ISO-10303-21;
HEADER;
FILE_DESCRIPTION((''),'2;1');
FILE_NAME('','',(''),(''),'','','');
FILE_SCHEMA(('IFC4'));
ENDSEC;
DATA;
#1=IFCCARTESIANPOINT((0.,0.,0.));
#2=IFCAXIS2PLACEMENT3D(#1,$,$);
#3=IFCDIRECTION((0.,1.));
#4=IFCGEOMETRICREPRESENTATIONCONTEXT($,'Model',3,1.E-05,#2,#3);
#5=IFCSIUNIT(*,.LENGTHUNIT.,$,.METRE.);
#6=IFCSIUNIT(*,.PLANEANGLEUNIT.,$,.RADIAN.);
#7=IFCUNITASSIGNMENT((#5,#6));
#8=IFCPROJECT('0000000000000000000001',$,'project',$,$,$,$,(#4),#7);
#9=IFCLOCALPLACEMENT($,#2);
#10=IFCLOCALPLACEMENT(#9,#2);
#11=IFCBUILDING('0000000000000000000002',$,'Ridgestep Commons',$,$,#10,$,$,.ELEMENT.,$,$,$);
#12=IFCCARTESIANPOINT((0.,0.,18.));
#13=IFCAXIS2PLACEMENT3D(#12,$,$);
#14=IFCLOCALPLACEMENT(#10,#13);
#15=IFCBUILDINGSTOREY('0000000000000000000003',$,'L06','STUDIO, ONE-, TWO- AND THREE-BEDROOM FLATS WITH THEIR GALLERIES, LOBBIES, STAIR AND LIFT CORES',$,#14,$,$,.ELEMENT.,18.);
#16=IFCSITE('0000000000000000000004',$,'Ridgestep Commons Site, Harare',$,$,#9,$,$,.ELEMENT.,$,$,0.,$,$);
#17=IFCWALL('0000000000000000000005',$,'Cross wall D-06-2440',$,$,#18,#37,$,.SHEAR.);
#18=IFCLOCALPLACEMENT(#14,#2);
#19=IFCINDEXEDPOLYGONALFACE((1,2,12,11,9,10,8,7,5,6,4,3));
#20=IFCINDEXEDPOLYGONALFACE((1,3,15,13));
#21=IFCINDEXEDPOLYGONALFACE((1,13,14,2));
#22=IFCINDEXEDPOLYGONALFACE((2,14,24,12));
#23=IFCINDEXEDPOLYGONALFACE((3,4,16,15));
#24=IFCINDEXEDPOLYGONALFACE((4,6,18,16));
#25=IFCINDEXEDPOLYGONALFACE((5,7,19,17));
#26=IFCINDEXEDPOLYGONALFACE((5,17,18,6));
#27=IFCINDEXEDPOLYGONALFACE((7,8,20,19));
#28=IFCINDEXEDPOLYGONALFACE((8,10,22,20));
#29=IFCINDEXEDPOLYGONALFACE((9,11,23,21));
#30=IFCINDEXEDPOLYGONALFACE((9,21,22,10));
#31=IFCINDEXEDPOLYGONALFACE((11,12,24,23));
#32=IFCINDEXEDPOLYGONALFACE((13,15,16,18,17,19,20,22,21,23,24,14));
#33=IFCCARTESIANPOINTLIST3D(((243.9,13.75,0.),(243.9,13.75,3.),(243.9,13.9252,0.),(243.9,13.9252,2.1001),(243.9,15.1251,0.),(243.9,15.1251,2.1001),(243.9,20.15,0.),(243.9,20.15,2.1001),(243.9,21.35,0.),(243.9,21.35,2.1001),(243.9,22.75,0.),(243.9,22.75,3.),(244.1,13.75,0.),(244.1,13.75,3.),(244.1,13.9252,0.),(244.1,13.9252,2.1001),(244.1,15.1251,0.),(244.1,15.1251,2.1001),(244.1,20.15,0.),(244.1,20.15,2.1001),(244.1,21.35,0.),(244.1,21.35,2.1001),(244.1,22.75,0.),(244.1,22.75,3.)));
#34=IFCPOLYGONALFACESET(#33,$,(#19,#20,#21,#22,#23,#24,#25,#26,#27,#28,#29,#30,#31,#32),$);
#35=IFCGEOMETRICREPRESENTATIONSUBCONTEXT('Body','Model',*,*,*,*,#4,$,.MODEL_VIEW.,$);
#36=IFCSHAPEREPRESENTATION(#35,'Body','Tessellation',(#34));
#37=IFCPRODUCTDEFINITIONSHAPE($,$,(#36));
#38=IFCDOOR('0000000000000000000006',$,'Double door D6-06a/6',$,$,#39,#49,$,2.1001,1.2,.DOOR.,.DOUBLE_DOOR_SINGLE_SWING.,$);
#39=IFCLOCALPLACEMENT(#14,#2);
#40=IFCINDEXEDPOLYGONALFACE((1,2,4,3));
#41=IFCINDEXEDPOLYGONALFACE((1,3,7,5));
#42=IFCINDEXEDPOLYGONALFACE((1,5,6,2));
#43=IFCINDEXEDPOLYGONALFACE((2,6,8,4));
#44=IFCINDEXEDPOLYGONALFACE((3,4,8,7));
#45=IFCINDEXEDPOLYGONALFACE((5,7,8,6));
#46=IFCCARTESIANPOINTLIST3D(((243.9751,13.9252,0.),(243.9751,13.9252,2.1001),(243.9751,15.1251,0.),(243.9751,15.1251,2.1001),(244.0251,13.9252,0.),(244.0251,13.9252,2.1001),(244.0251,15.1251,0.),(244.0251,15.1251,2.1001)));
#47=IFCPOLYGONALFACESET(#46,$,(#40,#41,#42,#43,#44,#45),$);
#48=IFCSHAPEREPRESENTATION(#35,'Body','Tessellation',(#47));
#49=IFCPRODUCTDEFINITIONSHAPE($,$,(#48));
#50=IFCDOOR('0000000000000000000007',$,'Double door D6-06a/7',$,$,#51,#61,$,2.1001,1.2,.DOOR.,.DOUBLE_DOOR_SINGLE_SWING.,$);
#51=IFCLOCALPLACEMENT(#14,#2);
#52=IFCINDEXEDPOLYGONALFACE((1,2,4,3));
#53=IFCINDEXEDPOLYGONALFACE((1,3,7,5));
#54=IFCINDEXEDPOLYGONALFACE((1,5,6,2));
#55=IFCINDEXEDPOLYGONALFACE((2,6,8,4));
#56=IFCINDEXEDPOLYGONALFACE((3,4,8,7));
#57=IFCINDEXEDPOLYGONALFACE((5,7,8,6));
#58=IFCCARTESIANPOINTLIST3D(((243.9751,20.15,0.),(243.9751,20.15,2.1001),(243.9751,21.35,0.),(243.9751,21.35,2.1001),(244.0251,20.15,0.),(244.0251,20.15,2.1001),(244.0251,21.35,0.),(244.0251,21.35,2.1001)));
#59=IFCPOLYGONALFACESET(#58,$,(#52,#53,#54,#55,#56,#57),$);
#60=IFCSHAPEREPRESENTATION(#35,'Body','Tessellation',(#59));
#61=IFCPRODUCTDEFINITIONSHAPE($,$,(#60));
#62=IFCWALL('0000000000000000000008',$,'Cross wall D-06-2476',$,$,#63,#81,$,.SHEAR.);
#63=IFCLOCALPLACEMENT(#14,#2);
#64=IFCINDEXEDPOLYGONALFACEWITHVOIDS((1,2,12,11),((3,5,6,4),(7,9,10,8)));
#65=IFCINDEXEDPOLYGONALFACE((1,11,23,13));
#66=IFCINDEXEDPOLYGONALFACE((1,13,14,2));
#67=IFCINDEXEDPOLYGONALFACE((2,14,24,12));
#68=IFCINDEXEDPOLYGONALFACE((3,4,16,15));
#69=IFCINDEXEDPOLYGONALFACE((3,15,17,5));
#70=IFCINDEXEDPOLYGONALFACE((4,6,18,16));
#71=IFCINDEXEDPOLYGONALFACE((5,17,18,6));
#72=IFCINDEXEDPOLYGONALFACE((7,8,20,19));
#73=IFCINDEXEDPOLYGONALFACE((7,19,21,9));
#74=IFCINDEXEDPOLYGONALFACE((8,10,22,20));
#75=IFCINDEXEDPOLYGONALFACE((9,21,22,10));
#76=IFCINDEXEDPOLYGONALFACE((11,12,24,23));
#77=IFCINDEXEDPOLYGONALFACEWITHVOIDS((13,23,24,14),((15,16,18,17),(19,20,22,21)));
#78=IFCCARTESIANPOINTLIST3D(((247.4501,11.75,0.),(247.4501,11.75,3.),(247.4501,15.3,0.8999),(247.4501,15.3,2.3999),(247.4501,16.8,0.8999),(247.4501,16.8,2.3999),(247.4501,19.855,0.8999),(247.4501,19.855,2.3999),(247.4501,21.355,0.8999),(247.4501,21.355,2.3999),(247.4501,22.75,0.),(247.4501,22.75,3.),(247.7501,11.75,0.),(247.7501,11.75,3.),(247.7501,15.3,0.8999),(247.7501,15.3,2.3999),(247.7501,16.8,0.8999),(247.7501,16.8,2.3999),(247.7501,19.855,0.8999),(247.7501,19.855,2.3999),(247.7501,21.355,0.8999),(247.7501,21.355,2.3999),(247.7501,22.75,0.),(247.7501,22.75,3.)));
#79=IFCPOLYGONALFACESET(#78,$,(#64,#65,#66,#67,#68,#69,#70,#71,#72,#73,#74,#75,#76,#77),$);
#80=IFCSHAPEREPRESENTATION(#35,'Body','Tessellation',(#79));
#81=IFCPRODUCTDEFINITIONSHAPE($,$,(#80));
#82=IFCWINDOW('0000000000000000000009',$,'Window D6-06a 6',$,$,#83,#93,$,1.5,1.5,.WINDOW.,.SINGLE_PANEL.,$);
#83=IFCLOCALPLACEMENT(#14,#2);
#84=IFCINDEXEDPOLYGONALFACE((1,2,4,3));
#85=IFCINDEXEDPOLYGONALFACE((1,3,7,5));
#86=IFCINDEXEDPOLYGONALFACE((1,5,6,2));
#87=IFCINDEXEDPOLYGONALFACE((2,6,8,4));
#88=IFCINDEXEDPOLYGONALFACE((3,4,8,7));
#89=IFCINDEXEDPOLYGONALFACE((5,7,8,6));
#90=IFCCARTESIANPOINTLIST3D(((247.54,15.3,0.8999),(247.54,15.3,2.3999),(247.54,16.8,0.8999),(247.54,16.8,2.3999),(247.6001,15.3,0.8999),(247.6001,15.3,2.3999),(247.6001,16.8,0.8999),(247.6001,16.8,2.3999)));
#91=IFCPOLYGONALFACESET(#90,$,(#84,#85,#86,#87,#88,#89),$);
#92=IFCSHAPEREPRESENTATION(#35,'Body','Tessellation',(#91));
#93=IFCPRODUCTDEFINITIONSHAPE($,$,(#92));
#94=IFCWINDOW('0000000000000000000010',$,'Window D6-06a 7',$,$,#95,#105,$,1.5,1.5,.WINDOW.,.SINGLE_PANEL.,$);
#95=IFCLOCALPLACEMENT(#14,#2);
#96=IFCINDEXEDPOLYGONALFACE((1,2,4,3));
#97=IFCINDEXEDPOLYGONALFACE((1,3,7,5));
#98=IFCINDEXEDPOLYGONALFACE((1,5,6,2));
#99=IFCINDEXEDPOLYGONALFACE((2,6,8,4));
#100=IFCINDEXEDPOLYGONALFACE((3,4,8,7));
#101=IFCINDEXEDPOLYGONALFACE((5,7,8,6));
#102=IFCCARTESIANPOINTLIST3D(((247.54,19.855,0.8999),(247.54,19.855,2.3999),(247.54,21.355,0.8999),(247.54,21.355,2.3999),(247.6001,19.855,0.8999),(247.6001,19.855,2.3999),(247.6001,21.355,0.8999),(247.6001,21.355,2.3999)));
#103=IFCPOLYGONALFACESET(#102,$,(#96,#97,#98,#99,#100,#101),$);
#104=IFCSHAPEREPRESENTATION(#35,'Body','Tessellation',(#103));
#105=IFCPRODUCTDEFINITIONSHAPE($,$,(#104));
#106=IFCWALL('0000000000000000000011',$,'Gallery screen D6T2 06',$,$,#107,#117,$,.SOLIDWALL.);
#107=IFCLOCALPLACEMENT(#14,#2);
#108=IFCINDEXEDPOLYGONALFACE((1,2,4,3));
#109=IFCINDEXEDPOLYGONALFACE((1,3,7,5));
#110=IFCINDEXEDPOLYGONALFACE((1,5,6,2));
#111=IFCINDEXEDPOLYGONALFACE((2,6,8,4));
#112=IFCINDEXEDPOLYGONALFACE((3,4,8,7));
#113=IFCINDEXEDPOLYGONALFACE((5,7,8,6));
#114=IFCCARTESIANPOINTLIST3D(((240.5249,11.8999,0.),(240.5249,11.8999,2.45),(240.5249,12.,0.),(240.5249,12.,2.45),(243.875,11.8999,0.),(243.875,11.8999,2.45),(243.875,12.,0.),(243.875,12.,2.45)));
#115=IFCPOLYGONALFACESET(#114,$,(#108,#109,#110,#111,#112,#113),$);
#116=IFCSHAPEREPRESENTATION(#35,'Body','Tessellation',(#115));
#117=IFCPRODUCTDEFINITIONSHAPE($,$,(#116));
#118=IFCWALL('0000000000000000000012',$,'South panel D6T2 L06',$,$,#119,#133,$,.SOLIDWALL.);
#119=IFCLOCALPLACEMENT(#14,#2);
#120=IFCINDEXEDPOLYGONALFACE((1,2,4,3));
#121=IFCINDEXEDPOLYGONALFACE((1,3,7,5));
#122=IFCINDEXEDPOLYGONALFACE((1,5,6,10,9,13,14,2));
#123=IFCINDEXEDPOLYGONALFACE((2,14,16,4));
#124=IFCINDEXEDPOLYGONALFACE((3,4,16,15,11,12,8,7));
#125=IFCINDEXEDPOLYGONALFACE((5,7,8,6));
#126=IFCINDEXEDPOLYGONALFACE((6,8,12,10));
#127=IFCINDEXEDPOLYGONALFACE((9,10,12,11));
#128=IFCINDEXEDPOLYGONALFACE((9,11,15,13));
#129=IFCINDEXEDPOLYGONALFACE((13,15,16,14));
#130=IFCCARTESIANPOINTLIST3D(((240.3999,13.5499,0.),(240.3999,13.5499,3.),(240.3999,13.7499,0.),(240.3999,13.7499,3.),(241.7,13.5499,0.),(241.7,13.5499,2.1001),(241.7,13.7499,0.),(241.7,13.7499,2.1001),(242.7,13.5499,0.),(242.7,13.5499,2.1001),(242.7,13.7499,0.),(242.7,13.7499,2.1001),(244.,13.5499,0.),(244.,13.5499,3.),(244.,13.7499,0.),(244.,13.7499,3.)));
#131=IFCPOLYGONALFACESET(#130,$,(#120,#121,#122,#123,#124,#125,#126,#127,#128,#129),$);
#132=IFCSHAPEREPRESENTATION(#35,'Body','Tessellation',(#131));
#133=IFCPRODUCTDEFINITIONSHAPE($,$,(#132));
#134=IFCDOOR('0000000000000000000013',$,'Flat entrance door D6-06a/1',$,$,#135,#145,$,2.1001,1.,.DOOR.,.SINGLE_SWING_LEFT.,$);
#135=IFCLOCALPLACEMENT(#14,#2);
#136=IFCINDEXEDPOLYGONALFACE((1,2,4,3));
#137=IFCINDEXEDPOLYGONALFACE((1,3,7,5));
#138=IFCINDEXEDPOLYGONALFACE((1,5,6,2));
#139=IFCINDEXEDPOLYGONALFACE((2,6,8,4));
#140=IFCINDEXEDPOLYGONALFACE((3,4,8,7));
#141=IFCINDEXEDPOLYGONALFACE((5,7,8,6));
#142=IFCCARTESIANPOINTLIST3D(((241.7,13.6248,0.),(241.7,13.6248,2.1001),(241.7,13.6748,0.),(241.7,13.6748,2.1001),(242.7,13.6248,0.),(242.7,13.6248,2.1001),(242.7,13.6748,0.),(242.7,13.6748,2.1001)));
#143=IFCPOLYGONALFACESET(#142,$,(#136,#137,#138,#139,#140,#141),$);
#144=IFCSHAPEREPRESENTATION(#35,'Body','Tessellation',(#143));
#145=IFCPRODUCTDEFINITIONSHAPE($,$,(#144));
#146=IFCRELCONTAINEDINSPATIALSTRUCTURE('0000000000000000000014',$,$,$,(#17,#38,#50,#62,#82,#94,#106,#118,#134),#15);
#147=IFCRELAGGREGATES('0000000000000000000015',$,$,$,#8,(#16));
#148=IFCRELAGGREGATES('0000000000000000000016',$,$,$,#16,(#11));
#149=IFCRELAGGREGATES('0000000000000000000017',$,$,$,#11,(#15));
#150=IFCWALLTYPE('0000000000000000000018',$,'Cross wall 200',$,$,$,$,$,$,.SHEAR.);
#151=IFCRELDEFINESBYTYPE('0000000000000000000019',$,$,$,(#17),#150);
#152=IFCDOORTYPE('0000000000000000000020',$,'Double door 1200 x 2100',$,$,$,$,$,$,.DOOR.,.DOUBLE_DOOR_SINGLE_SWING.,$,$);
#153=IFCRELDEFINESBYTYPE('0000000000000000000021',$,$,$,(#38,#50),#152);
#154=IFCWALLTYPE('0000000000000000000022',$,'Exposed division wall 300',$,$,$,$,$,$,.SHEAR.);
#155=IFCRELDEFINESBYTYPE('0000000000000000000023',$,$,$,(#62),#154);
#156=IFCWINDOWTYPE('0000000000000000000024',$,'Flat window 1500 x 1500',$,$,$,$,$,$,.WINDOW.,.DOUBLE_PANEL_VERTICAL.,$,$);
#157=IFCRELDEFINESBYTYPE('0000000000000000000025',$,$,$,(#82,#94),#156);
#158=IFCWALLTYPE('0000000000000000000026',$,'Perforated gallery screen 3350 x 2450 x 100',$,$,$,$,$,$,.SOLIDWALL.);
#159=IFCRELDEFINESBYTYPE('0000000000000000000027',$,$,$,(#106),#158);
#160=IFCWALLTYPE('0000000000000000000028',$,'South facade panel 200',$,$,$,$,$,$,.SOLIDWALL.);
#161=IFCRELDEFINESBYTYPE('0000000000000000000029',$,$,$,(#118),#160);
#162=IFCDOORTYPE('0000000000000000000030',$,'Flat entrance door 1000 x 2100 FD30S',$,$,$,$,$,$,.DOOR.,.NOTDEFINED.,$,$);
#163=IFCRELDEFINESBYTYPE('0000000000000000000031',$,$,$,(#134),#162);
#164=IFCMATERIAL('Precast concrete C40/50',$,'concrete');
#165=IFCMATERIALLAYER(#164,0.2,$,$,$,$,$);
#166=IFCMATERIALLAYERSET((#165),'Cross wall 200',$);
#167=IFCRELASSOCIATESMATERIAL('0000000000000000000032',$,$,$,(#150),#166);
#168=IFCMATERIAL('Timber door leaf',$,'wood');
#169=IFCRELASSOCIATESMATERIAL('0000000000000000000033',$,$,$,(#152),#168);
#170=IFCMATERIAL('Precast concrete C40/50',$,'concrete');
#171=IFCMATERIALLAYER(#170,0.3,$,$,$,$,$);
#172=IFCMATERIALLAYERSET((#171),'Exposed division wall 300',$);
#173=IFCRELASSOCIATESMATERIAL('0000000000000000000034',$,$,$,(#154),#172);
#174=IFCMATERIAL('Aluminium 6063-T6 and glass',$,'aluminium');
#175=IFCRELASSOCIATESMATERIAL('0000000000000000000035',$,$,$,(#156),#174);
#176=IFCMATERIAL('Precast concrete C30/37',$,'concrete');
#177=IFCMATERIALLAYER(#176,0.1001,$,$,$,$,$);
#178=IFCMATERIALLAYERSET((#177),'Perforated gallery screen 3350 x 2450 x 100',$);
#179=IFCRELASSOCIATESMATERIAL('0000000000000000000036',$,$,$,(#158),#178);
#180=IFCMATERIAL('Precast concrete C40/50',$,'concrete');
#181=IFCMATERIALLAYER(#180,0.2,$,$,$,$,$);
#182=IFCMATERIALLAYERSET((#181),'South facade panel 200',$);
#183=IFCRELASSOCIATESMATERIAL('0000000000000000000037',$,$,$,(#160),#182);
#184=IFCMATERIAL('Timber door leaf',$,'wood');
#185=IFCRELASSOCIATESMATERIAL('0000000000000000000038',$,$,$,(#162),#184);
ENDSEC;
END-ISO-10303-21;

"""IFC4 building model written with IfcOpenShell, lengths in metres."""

from ifc_helpers import new_model, si_unit, direction, frame, frame_2d, origin, place, context, subcontext, project, spatial, rectangle, extrude, material, layer, layer_set, type_object, element, fill, save


model = new_model("IFC4")

# Units and contexts
model_context = context("Model", 3, precision=1e-05, world=origin(), true_north=direction((0.0, 1.0)))
body_context = subcontext(model_context, "Body", "Model", "MODEL_VIEW")
ifc_project = project(units=[si_unit("LENGTHUNIT", "METRE"), si_unit("PLANEANGLEUNIT", "RADIAN")], contexts=[model_context])

# Site, building, storey
site_placement = place(None, origin())
site = spatial("IfcSite", under=ifc_project, at=site_placement, Name="Ridgestep Commons Site, Harare", CompositionType="ELEMENT", RefElevation=0.0)
building_placement = place(site_placement, origin())
building = spatial("IfcBuilding", under=site, at=building_placement, Name="Ridgestep Commons", CompositionType="ELEMENT")
storey_placement = place(building_placement, frame((0.0, 0.0, 18.0)))
storey = spatial("IfcBuildingStorey", under=building, at=storey_placement, Name="L06", Description="STUDIO, ONE-, TWO- AND THREE-BEDROOM FLATS WITH THEIR GALLERIES, LOBBIES, STAIR AND LIFT CORES", CompositionType="ELEMENT", Elevation=18.0)

# Wall, openings, doors
ifc_material_1 = material(Name="Precast concrete C40/50", Category="concrete")
ifc_layer_1 = layer(ifc_material_1, 0.2)
ifc_layer_set_1 = layer_set([ifc_layer_1], Name="Cross wall 200")
wall_type_1 = type_object("IfcWallType", Name="Cross wall 200", PredefinedType="SHEAR", material=ifc_layer_set_1)
ifc_material_2 = material(Name="Timber door leaf", Category="wood")
door_type_1 = type_object("IfcDoorType", Name="Double door 1200 x 2100", OperationType="DOUBLE_DOOR_SINGLE_SWING", PredefinedType="DOOR", material=ifc_material_2)
wall_1_placement = place(storey_placement, frame((244.0, 13.75, 0.0), z_axis=(0.0, 0.0, 1.0), x_axis=(0.0, 1.0, 0.0)))
wall_1 = element("IfcWall", 1, at=wall_1_placement, inside=storey, type_object=wall_type_1, Name="Cross wall D-06-2440", PredefinedType="SHEAR", context=body_context, shape_type="SweptSolid", body=[
    extrude(rectangle(XDim=9.0, YDim=0.2, at=frame_2d((4.5, 0.0))), origin(), (0.0, 0.0, 1.0), 3.0),
])
opening_1_placement = place(wall_1_placement, frame((0.175, 0.0, 0.0)))
opening_1 = element("IfcOpeningElement", 2, at=opening_1_placement, cuts=wall_1, PredefinedType="OPENING", context=body_context, shape_type="SweptSolid", body=[
    extrude(rectangle(XDim=1.2, YDim=2.1001, at=frame_2d((0.6001, 1.05))), frame((0.0, 0.1099, 0.0), z_axis=(0.0, -1.0, 0.0), x_axis=(1.0, 0.0, 0.0)), (0.0, 0.0, 1.0), 0.22),
])
opening_2_placement = place(wall_1_placement, frame((6.3999, 0.0, 0.0)))
opening_2 = element("IfcOpeningElement", 3, at=opening_2_placement, cuts=wall_1, PredefinedType="OPENING", context=body_context, shape_type="SweptSolid", body=[
    extrude(rectangle(XDim=1.2, YDim=2.1001, at=frame_2d((0.6001, 1.05))), frame((0.0, 0.1099, 0.0), z_axis=(0.0, -1.0, 0.0), x_axis=(1.0, 0.0, 0.0)), (0.0, 0.0, 1.0), 0.22),
])
door_1_placement = place(opening_1_placement, origin())
door_1 = element("IfcDoor", 4, at=door_1_placement, inside=storey, type_object=door_type_1, Name="Double door D6-06a/6", OperationType="DOUBLE_DOOR_SINGLE_SWING", OverallHeight=2.1001, OverallWidth=1.2, PredefinedType="DOOR", context=body_context, shape_type="SweptSolid", body=[
    extrude(rectangle(XDim=1.2, YDim=2.1001, at=frame_2d((0.6001, 1.05))), frame((0.0, 0.0249, 0.0), z_axis=(0.0, -1.0, 0.0), x_axis=(1.0, 0.0, 0.0)), (0.0, 0.0, 1.0), 0.05),
])
fill(opening_1, door_1)
door_2_placement = place(opening_2_placement, origin())
door_2 = element("IfcDoor", 5, at=door_2_placement, inside=storey, type_object=door_type_1, Name="Double door D6-06a/7", OperationType="DOUBLE_DOOR_SINGLE_SWING", OverallHeight=2.1001, OverallWidth=1.2, PredefinedType="DOOR", context=body_context, shape_type="SweptSolid", body=[
    extrude(rectangle(XDim=1.2, YDim=2.1001, at=frame_2d((0.6001, 1.05))), frame((0.0, 0.0249, 0.0), z_axis=(0.0, -1.0, 0.0), x_axis=(1.0, 0.0, 0.0)), (0.0, 0.0, 1.0), 0.05),
])
fill(opening_2, door_2)

# Wall, openings, windows
ifc_material_3 = material(Name="Precast concrete C40/50", Category="concrete")
ifc_layer_2 = layer(ifc_material_3, 0.3)
ifc_layer_set_2 = layer_set([ifc_layer_2], Name="Exposed division wall 300")
wall_type_2 = type_object("IfcWallType", Name="Exposed division wall 300", PredefinedType="SHEAR", material=ifc_layer_set_2)
wall_2_placement = place(storey_placement, frame((247.6001, 11.75, 0.0), z_axis=(0.0, 0.0, 1.0), x_axis=(0.0, 1.0, 0.0)))
wall_2 = element("IfcWall", 6, at=wall_2_placement, inside=storey, type_object=wall_type_2, Name="Cross wall D-06-2476", PredefinedType="SHEAR", context=body_context, shape_type="SweptSolid", body=[
    extrude(rectangle(XDim=11.0, YDim=0.3, at=frame_2d((5.5, 0.0))), origin(), (0.0, 0.0, 1.0), 3.0),
])
opening_3_placement = place(wall_2_placement, frame((3.55, 0.0, 0.8999)))
opening_3 = element("IfcOpeningElement", 7, at=opening_3_placement, cuts=wall_2, PredefinedType="OPENING", context=body_context, shape_type="SweptSolid", body=[
    extrude(rectangle(XDim=1.5, YDim=1.5, at=frame_2d((0.75, 0.75))), frame((0.0, 0.1599, 0.0), z_axis=(0.0, -1.0, 0.0), x_axis=(1.0, 0.0, 0.0)), (0.0, 0.0, 1.0), 0.3201),
])
opening_4_placement = place(wall_2_placement, frame((8.105, 0.0, 0.8999)))
opening_4 = element("IfcOpeningElement", 8, at=opening_4_placement, cuts=wall_2, PredefinedType="OPENING", context=body_context, shape_type="SweptSolid", body=[
    extrude(rectangle(XDim=1.5, YDim=1.5, at=frame_2d((0.75, 0.75))), frame((0.0, 0.1599, 0.0), z_axis=(0.0, -1.0, 0.0), x_axis=(1.0, 0.0, 0.0)), (0.0, 0.0, 1.0), 0.3201),
])
ifc_material_4 = material(Name="Aluminium 6063-T6 and glass", Category="aluminium")
window_type_1 = type_object("IfcWindowType", Name="Flat window 1500 x 1500", PartitioningType="DOUBLE_PANEL_VERTICAL", PredefinedType="WINDOW", material=ifc_material_4)
window_1_placement = place(opening_3_placement, origin())
window_1 = element("IfcWindow", 9, at=window_1_placement, inside=storey, type_object=window_type_1, Name="Window D6-06a 6", OverallHeight=1.5, OverallWidth=1.5, PartitioningType="SINGLE_PANEL", PredefinedType="WINDOW", context=body_context, shape_type="SweptSolid", body=[
    extrude(rectangle(XDim=1.5, YDim=1.5, at=frame_2d((0.75, 0.75))), frame((0.0, 0.0601, 0.0), z_axis=(0.0, -1.0, 0.0), x_axis=(1.0, 0.0, 0.0)), (0.0, 0.0, 1.0), 0.0601),
])
fill(opening_3, window_1)
window_2_placement = place(opening_4_placement, origin())
window_2 = element("IfcWindow", 10, at=window_2_placement, inside=storey, type_object=window_type_1, Name="Window D6-06a 7", OverallHeight=1.5, OverallWidth=1.5, PartitioningType="SINGLE_PANEL", PredefinedType="WINDOW", context=body_context, shape_type="SweptSolid", body=[
    extrude(rectangle(XDim=1.5, YDim=1.5, at=frame_2d((0.75, 0.75))), frame((0.0, 0.0601, 0.0), z_axis=(0.0, -1.0, 0.0), x_axis=(1.0, 0.0, 0.0)), (0.0, 0.0, 1.0), 0.0601),
])
fill(opening_4, window_2)

# Wall
ifc_material_5 = material(Name="Precast concrete C30/37", Category="concrete")
ifc_layer_3 = layer(ifc_material_5, 0.1001)
ifc_layer_set_3 = layer_set([ifc_layer_3], Name="Perforated gallery screen 3350 x 2450 x 100")
wall_type_3 = type_object("IfcWallType", Name="Perforated gallery screen 3350 x 2450 x 100", PredefinedType="SOLIDWALL", material=ifc_layer_set_3)
wall_3_placement = place(storey_placement, frame((240.5249, 11.95, 0.0), z_axis=(0.0, 0.0, 1.0), x_axis=(1.0, 0.0, 0.0)))
element("IfcWall", 11, at=wall_3_placement, inside=storey, type_object=wall_type_3, Name="Gallery screen D6T2 06", PredefinedType="SOLIDWALL", context=body_context, shape_type="SweptSolid", body=[
    extrude(rectangle(XDim=3.3501, YDim=0.1001, at=frame_2d((1.675, 0.0))), origin(), (0.0, 0.0, 1.0), 2.45),
])

# Wall, opening, door
ifc_material_6 = material(Name="Precast concrete C40/50", Category="concrete")
ifc_layer_4 = layer(ifc_material_6, 0.2)
ifc_layer_set_4 = layer_set([ifc_layer_4], Name="South facade panel 200")
wall_type_4 = type_object("IfcWallType", Name="South facade panel 200", PredefinedType="SOLIDWALL", material=ifc_layer_set_4)
wall_4_placement = place(storey_placement, frame((240.3999, 13.6499, 0.0), z_axis=(0.0, 0.0, 1.0), x_axis=(1.0, 0.0, 0.0)))
wall_4 = element("IfcWall", 12, at=wall_4_placement, inside=storey, type_object=wall_type_4, Name="South panel D6T2 L06", PredefinedType="SOLIDWALL", context=body_context, shape_type="SweptSolid", body=[
    extrude(rectangle(XDim=3.6001, YDim=0.2, at=frame_2d((1.8, 0.0))), origin(), (0.0, 0.0, 1.0), 3.0),
])
opening_5_placement = place(wall_4_placement, frame((1.3, 0.0, 0.0)))
opening_5 = element("IfcOpeningElement", 13, at=opening_5_placement, cuts=wall_4, PredefinedType="OPENING", context=body_context, shape_type="SweptSolid", body=[
    extrude(rectangle(XDim=1.0, YDim=2.1001, at=frame_2d((0.5, 1.05))), frame((0.0, 0.1099, 0.0), z_axis=(0.0, -1.0, 0.0), x_axis=(1.0, 0.0, 0.0)), (0.0, 0.0, 1.0), 0.22),
])
ifc_material_7 = material(Name="Timber door leaf", Category="wood")
door_type_2 = type_object("IfcDoorType", Name="Flat entrance door 1000 x 2100 FD30S", OperationType="NOTDEFINED", PredefinedType="DOOR", material=ifc_material_7)
door_3_placement = place(opening_5_placement, origin())
door_3 = element("IfcDoor", 14, at=door_3_placement, inside=storey, type_object=door_type_2, Name="Flat entrance door D6-06a/1", OperationType="SINGLE_SWING_LEFT", OverallHeight=2.1001, OverallWidth=1.0, PredefinedType="DOOR", context=body_context, shape_type="SweptSolid", body=[
    extrude(rectangle(XDim=1.0, YDim=2.1001, at=frame_2d((0.5, 1.05))), frame((0.0, 0.0249, 0.0), z_axis=(0.0, -1.0, 0.0), x_axis=(1.0, 0.0, 0.0)), (0.0, 0.0, 1.0), 0.05),
])
fill(opening_5, door_3)

save(model, "model.ifc")
